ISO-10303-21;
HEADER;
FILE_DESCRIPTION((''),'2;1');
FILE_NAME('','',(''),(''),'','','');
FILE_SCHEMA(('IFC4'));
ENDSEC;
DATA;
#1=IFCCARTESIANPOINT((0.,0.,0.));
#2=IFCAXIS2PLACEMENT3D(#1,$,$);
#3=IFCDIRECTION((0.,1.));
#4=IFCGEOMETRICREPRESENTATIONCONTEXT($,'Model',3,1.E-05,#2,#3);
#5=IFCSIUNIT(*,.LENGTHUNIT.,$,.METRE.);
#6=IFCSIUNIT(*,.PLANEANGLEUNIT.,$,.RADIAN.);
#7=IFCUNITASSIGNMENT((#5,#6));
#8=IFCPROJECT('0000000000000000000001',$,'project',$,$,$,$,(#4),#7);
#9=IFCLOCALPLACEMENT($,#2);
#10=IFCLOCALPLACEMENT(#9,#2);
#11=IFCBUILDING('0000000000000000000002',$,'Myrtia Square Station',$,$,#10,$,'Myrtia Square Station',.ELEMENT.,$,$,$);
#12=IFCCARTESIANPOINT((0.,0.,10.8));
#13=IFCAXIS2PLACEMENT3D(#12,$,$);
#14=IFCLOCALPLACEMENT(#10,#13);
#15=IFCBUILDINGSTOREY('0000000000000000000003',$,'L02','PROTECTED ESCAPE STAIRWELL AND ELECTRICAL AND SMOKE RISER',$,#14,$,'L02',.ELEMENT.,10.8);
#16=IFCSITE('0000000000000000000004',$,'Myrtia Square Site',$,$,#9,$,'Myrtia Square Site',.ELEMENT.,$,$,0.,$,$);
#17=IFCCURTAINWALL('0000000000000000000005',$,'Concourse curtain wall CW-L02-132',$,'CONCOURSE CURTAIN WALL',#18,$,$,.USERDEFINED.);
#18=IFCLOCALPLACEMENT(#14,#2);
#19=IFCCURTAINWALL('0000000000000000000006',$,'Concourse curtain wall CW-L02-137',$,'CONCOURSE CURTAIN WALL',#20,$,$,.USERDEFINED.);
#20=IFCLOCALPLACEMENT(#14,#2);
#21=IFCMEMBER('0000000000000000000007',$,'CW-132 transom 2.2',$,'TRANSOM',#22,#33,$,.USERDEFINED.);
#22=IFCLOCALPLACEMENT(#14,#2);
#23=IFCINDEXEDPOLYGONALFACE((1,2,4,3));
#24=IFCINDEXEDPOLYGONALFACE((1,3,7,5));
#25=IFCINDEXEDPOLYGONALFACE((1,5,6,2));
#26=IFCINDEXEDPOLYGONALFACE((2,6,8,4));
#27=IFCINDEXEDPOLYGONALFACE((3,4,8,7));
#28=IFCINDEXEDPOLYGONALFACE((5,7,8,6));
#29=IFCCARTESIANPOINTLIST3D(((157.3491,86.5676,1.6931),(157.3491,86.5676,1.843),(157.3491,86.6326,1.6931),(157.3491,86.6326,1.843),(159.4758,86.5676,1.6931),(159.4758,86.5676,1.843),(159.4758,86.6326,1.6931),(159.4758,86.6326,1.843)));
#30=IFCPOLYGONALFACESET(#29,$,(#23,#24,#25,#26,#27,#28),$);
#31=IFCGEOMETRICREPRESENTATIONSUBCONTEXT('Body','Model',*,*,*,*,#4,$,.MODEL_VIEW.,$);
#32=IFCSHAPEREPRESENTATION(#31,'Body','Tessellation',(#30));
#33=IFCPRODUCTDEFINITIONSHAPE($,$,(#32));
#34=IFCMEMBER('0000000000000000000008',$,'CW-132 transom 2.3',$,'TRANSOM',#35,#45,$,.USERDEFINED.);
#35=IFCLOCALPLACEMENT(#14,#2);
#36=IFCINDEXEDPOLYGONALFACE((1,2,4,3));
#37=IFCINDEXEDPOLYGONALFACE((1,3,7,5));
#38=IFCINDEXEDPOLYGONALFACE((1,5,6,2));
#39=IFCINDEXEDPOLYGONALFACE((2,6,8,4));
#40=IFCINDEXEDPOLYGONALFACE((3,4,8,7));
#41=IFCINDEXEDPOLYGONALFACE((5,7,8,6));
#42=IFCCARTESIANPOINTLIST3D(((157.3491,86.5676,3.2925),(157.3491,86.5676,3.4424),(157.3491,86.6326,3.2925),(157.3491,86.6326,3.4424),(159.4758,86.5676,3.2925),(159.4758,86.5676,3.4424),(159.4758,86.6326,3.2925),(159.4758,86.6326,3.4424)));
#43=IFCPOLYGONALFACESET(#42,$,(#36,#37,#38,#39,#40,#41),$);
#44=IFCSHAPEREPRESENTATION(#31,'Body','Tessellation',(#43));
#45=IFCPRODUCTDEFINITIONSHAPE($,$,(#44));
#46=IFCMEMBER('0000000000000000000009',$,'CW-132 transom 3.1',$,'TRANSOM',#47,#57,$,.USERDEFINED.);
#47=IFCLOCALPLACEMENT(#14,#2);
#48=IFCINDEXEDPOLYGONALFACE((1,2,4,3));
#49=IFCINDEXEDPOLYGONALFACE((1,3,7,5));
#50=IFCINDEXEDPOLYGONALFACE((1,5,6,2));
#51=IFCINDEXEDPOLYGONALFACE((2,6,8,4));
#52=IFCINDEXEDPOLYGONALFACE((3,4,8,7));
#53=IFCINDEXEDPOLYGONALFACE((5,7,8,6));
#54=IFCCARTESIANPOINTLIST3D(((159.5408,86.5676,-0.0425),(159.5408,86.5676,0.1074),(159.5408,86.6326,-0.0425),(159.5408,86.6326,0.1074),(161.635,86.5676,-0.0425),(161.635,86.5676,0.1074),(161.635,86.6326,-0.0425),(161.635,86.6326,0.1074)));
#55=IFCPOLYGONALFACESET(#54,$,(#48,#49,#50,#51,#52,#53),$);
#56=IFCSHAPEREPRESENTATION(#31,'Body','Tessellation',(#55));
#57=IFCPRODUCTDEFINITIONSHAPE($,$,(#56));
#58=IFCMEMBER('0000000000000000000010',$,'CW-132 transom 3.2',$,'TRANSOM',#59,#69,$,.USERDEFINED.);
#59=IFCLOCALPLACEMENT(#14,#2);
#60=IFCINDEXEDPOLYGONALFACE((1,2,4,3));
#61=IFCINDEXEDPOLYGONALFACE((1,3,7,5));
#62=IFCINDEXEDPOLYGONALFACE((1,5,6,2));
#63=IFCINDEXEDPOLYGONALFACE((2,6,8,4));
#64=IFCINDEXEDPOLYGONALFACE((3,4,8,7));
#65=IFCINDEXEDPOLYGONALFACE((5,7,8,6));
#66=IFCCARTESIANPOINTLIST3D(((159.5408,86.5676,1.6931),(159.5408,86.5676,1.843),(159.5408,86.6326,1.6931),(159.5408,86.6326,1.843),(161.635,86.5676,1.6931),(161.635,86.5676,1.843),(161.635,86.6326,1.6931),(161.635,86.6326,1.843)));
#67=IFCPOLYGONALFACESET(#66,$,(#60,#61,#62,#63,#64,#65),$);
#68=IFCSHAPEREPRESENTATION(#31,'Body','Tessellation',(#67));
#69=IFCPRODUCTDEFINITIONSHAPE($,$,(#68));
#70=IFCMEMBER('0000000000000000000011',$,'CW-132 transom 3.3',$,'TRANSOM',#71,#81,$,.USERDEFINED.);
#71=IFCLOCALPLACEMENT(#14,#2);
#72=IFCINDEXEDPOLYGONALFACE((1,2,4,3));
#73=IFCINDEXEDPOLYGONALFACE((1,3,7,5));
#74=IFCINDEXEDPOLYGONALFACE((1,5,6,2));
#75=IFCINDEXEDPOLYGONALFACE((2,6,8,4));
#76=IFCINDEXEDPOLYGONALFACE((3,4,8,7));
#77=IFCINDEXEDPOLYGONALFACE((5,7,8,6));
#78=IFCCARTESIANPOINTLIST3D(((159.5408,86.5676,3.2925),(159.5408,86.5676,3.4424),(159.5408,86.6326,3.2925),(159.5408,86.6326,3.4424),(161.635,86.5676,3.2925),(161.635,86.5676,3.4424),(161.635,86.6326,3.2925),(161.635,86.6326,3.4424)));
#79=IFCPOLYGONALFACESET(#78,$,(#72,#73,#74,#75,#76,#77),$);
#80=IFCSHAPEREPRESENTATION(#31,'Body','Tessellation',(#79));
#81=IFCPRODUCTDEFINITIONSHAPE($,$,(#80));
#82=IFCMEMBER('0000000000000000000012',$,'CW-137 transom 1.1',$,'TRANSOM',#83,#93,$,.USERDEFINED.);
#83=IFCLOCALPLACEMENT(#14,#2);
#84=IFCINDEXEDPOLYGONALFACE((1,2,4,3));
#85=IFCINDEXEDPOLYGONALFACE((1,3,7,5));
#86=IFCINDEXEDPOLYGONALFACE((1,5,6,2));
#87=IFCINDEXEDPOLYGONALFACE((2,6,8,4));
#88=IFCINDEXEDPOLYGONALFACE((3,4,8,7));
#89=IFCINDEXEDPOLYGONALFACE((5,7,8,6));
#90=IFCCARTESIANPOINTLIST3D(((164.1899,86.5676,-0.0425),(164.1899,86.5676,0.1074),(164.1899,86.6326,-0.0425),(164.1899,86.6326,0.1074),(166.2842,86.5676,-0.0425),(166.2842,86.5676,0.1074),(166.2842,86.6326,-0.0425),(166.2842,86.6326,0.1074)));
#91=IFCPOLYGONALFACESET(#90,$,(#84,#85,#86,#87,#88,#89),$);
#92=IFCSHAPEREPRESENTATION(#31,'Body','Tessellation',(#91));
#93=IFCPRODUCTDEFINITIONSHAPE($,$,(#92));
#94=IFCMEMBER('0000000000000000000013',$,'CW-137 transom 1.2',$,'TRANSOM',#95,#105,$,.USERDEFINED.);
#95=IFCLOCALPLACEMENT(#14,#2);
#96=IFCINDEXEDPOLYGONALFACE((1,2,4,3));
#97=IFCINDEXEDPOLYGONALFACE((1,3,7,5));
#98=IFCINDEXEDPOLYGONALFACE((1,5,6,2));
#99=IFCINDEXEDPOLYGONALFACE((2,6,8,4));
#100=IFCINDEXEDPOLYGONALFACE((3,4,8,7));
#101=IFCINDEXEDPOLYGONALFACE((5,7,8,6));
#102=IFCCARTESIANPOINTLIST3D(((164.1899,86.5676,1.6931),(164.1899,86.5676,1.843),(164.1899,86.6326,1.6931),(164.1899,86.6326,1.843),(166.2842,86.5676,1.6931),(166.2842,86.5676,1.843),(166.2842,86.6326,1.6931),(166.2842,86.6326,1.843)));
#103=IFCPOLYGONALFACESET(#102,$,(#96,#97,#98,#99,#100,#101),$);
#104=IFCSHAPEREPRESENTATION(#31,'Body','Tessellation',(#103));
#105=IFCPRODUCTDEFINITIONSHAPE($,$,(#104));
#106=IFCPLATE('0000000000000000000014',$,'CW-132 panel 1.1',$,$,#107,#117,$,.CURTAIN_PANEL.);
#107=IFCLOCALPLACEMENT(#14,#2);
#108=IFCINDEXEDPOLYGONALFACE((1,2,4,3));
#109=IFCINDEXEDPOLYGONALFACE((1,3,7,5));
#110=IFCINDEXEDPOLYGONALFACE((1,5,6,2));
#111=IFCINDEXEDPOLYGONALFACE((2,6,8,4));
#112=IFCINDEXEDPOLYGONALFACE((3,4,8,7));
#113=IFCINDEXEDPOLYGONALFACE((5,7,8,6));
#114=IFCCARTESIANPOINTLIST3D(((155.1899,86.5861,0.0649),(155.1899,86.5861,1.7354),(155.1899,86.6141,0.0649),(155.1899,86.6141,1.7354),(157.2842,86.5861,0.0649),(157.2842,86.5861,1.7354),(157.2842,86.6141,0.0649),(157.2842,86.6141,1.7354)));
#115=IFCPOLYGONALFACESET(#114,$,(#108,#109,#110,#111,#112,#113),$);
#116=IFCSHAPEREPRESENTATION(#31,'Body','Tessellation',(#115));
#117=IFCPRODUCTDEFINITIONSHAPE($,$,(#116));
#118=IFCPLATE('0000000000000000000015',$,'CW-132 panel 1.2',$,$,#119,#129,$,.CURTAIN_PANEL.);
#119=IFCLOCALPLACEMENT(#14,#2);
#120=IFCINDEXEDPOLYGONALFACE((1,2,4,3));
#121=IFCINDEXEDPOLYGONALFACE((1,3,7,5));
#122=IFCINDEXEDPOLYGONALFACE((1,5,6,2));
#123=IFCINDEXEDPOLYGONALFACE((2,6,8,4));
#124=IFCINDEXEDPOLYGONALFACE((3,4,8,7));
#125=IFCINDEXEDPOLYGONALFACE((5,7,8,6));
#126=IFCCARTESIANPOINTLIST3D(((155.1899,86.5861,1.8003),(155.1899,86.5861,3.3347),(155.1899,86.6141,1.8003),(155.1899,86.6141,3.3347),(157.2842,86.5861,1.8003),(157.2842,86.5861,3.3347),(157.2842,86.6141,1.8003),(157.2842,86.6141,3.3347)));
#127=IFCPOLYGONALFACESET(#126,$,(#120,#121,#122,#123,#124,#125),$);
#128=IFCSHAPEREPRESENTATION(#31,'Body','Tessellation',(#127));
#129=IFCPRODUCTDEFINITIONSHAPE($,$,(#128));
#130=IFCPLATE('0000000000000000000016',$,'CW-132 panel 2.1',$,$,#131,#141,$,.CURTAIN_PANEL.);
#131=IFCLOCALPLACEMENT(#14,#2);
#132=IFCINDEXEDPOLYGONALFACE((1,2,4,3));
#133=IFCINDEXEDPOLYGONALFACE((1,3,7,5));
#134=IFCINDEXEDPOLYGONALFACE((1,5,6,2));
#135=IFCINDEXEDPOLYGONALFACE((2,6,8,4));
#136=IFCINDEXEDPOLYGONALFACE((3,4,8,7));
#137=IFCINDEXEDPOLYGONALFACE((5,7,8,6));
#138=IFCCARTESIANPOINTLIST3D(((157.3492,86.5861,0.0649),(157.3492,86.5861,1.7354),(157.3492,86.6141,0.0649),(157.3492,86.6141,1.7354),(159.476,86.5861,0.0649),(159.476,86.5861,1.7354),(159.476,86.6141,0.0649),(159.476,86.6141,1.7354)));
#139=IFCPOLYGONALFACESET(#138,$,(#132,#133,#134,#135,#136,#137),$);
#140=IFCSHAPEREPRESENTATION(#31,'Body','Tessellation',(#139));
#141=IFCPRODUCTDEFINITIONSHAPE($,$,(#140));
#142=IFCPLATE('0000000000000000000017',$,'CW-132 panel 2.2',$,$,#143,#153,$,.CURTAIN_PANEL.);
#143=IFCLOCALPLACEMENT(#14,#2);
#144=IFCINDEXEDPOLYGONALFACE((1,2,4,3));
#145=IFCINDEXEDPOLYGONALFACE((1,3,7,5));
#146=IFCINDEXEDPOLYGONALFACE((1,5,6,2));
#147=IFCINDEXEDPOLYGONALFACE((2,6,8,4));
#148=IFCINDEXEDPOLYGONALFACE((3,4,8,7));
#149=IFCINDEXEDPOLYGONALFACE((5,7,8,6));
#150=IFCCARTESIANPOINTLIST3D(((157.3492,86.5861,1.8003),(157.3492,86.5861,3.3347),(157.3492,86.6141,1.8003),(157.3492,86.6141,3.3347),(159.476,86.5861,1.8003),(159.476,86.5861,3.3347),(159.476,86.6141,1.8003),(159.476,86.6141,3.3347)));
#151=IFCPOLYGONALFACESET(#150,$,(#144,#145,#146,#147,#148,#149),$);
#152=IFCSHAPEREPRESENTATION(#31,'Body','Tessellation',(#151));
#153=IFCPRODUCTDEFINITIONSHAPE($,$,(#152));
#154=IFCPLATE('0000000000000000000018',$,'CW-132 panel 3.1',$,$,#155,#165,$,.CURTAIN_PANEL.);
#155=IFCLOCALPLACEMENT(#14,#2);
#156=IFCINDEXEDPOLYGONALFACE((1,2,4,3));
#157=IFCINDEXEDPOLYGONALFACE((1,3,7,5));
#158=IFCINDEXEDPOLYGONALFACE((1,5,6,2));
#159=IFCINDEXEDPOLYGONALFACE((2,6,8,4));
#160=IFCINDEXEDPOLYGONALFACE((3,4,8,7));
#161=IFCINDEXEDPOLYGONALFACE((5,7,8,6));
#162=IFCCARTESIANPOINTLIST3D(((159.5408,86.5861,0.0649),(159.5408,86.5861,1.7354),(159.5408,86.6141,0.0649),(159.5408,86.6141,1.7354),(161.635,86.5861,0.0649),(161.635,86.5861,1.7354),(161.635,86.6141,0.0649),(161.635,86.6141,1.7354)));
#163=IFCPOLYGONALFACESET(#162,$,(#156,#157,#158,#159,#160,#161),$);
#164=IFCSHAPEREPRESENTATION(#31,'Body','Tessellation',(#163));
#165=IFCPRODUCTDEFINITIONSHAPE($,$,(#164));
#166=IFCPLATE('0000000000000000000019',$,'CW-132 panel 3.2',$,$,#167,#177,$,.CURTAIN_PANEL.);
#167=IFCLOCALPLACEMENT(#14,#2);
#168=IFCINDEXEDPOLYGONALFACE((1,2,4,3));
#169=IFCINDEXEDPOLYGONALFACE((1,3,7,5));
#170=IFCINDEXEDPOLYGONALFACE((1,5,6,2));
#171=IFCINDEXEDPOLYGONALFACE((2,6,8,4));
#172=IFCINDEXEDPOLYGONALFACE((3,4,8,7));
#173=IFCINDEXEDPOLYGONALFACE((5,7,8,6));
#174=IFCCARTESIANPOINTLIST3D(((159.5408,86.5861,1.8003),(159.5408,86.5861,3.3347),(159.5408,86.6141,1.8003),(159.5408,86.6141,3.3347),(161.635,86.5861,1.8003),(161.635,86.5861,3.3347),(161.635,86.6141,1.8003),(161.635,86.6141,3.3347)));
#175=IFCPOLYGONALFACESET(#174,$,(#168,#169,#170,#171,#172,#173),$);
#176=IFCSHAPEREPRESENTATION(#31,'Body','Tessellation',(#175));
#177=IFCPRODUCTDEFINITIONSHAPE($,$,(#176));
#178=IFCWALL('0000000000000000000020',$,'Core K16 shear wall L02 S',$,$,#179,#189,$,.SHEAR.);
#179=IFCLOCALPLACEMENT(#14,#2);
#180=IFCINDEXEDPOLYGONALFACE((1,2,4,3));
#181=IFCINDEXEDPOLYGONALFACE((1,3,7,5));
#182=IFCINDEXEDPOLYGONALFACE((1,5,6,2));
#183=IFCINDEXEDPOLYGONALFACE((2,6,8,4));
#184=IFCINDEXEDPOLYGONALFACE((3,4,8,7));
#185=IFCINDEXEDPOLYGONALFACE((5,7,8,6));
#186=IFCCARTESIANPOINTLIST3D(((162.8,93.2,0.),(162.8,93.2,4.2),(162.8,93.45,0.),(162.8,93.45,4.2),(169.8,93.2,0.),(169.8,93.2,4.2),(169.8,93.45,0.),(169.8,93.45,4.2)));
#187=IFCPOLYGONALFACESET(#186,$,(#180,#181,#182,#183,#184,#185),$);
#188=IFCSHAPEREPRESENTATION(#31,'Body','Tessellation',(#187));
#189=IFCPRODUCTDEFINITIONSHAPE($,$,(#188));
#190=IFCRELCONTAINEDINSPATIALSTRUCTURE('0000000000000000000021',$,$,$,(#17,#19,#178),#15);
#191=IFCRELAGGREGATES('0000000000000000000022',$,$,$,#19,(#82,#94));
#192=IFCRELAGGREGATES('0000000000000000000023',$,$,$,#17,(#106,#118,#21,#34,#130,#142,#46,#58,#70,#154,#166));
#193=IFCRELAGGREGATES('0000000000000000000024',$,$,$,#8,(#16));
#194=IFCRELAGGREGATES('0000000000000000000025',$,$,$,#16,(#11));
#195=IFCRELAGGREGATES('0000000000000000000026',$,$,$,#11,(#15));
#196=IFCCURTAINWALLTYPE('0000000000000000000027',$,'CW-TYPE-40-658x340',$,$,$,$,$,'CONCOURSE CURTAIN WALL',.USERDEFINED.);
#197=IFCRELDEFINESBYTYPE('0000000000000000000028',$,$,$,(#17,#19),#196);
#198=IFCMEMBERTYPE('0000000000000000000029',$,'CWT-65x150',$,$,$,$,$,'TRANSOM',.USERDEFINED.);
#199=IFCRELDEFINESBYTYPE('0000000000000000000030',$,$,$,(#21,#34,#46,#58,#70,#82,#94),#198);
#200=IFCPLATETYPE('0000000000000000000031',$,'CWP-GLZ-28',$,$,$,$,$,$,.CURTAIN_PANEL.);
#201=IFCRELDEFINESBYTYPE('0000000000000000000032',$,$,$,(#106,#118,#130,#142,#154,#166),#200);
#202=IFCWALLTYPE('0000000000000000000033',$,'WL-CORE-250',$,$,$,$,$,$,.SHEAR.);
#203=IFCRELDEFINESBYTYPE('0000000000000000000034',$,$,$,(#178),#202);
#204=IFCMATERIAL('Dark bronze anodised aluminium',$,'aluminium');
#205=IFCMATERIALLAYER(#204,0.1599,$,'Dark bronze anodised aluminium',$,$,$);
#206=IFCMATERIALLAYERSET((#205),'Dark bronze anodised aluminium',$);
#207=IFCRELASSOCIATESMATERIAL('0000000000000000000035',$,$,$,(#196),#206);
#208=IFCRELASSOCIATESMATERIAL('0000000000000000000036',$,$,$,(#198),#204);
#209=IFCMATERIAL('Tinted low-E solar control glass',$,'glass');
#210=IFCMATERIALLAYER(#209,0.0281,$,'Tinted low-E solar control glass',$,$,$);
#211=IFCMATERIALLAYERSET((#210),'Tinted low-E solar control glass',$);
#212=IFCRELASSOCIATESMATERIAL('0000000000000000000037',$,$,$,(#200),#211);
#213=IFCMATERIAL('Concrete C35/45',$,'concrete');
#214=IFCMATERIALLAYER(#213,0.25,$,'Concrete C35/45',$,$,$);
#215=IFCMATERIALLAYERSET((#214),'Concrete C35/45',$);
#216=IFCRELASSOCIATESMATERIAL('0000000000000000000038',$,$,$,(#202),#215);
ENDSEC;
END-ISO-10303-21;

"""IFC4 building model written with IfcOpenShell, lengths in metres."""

from ifc_helpers import new_model, si_unit, direction, frame, frame_2d, origin, origin_2d, place, context, subcontext, project, spatial, rectangle, extrude, material, layer, layer_set, material_profile, profile_set, type_object, element, aggregate, save


model = new_model("IFC4")

# Units and contexts
model_context = context("Model", 3, precision=1e-05, world=origin(), true_north=direction((0.0, 1.0)))
body_context = subcontext(model_context, "Body", "Model", "MODEL_VIEW")
ifc_project = project(units=[si_unit("LENGTHUNIT", "METRE"), si_unit("PLANEANGLEUNIT", "RADIAN")], contexts=[model_context])

# Site, building, storey
site_placement = place(None, origin())
site = spatial("IfcSite", under=ifc_project, at=site_placement, Name="Myrtia Square Site", LongName="Myrtia Square Site", CompositionType="ELEMENT", RefElevation=0.0)
building_placement = place(site_placement, origin())
building = spatial("IfcBuilding", under=site, at=building_placement, Name="Myrtia Square Station", LongName="Myrtia Square Station", CompositionType="ELEMENT")
storey_placement = place(building_placement, frame((0.0, 0.0, 10.8)))
storey = spatial("IfcBuildingStorey", under=building, at=storey_placement, Name="L02", Description="PROTECTED ESCAPE STAIRWELL AND ELECTRICAL AND SMOKE RISER", LongName="L02", CompositionType="ELEMENT", Elevation=10.8)

# Curtain wall
ifc_material_1 = material(Name="Dark bronze anodised aluminium", Category="aluminium")
ifc_layer_1 = layer(ifc_material_1, 0.1599, Name="Dark bronze anodised aluminium")
ifc_layer_set_1 = layer_set([ifc_layer_1], Name="Dark bronze anodised aluminium")
curtain_wall_type = type_object("IfcCurtainWallType", Name="CW-TYPE-40-658x340", ElementType="CONCOURSE CURTAIN WALL", PredefinedType="USERDEFINED", material=ifc_layer_set_1)
curtain_wall_1_placement = place(storey_placement, origin())
curtain_wall_1 = element("IfcCurtainWall", 1, at=curtain_wall_1_placement, inside=storey, type_object=curtain_wall_type, Name="Concourse curtain wall CW-L02-132", ObjectType="CONCOURSE CURTAIN WALL", PredefinedType="USERDEFINED")

# Curtain wall
curtain_wall_2_placement = place(storey_placement, origin())
curtain_wall_2 = element("IfcCurtainWall", 2, at=curtain_wall_2_placement, inside=storey, type_object=curtain_wall_type, Name="Concourse curtain wall CW-L02-137", ObjectType="CONCOURSE CURTAIN WALL", PredefinedType="USERDEFINED")

# Members
ifc_material_profile_1 = material_profile(ifc_material_1, rectangle(XDim=0.0649, YDim=0.1499, at=origin_2d()), Name="ALU-T 65x150")
ifc_profile_set_1 = profile_set([ifc_material_profile_1], Name="Dark bronze anodised aluminium")
member_type_1 = type_object("IfcMemberType", Name="CWT-65x150", ElementType="TRANSOM", PredefinedType="USERDEFINED", material=ifc_profile_set_1)
member_1_placement = place(storey_placement, frame((157.3491, 86.6001, 1.7681), z_axis=(1.0, 0.0, 0.0), x_axis=(0.0, 1.0, 0.0)))
member_1 = element("IfcMember", 3, at=member_1_placement, type_object=member_type_1, Name="CW-132 transom 2.2", ObjectType="TRANSOM", PredefinedType="USERDEFINED", context=body_context, shape_type="SweptSolid", body=[
    extrude(rectangle(XDim=0.0649, YDim=0.1499, at=origin_2d()), origin(), (0.0, 0.0, 1.0), 2.1267),
])
member_2_placement = place(storey_placement, frame((157.3491, 86.6001, 3.3674), z_axis=(1.0, 0.0, 0.0), x_axis=(0.0, 1.0, 0.0)))
member_2 = element("IfcMember", 4, at=member_2_placement, type_object=member_type_1, Name="CW-132 transom 2.3", ObjectType="TRANSOM", PredefinedType="USERDEFINED", context=body_context, shape_type="SweptSolid", body=[
    extrude(rectangle(XDim=0.0649, YDim=0.1499, at=origin_2d()), origin(), (0.0, 0.0, 1.0), 2.1267),
])
member_3_placement = place(storey_placement, frame((159.5408, 86.6001, 0.0325), z_axis=(1.0, 0.0, 0.0), x_axis=(0.0, 1.0, 0.0)))
member_3 = element("IfcMember", 5, at=member_3_placement, type_object=member_type_1, Name="CW-132 transom 3.1", ObjectType="TRANSOM", PredefinedType="USERDEFINED", context=body_context, shape_type="SweptSolid", body=[
    extrude(rectangle(XDim=0.0649, YDim=0.1499, at=origin_2d()), origin(), (0.0, 0.0, 1.0), 2.0942),
])
member_4_placement = place(storey_placement, frame((159.5408, 86.6001, 1.7681), z_axis=(1.0, 0.0, 0.0), x_axis=(0.0, 1.0, 0.0)))
member_4 = element("IfcMember", 6, at=member_4_placement, type_object=member_type_1, Name="CW-132 transom 3.2", ObjectType="TRANSOM", PredefinedType="USERDEFINED", context=body_context, shape_type="SweptSolid", body=[
    extrude(rectangle(XDim=0.0649, YDim=0.1499, at=origin_2d()), origin(), (0.0, 0.0, 1.0), 2.0942),
])
member_5_placement = place(storey_placement, frame((159.5408, 86.6001, 3.3674), z_axis=(1.0, 0.0, 0.0), x_axis=(0.0, 1.0, 0.0)))
member_5 = element("IfcMember", 7, at=member_5_placement, type_object=member_type_1, Name="CW-132 transom 3.3", ObjectType="TRANSOM", PredefinedType="USERDEFINED", context=body_context, shape_type="SweptSolid", body=[
    extrude(rectangle(XDim=0.0649, YDim=0.1499, at=origin_2d()), origin(), (0.0, 0.0, 1.0), 2.0942),
])
member_6_placement = place(storey_placement, frame((164.1899, 86.6001, 0.0325), z_axis=(1.0, 0.0, 0.0), x_axis=(0.0, 1.0, 0.0)))
member_6 = element("IfcMember", 8, at=member_6_placement, type_object=member_type_1, Name="CW-137 transom 1.1", ObjectType="TRANSOM", PredefinedType="USERDEFINED", context=body_context, shape_type="SweptSolid", body=[
    extrude(rectangle(XDim=0.0649, YDim=0.1499, at=origin_2d()), origin(), (0.0, 0.0, 1.0), 2.0942),
])
member_7_placement = place(storey_placement, frame((164.1899, 86.6001, 1.7681), z_axis=(1.0, 0.0, 0.0), x_axis=(0.0, 1.0, 0.0)))
member_7 = element("IfcMember", 9, at=member_7_placement, type_object=member_type_1, Name="CW-137 transom 1.2", ObjectType="TRANSOM", PredefinedType="USERDEFINED", context=body_context, shape_type="SweptSolid", body=[
    extrude(rectangle(XDim=0.0649, YDim=0.1499, at=origin_2d()), origin(), (0.0, 0.0, 1.0), 2.0942),
])
aggregate(curtain_wall_2, [member_6, member_7])

# Plates
ifc_material_2 = material(Name="Tinted low-E solar control glass", Category="glass")
ifc_layer_2 = layer(ifc_material_2, 0.0281, Name="Tinted low-E solar control glass")
ifc_layer_set_2 = layer_set([ifc_layer_2], Name="Tinted low-E solar control glass")
plate_type = type_object("IfcPlateType", Name="CWP-GLZ-28", PredefinedType="CURTAIN_PANEL", material=ifc_layer_set_2)
plate_1_placement = place(storey_placement, frame((156.2371, 86.6001, 0.0649), z_axis=(0.0, 0.0, 1.0), x_axis=(1.0, 0.0, 0.0)))
plate_1 = element("IfcPlate", 10, at=plate_1_placement, type_object=plate_type, Name="CW-132 panel 1.1", PredefinedType="CURTAIN_PANEL", context=body_context, shape_type="SweptSolid", body=[
    extrude(rectangle(XDim=2.0942, YDim=0.0281, at=origin_2d()), origin(), (0.0, 0.0, 1.0), 1.6704),
])
plate_2_placement = place(storey_placement, frame((156.2371, 86.6001, 1.8003), z_axis=(0.0, 0.0, 1.0), x_axis=(1.0, 0.0, 0.0)))
plate_2 = element("IfcPlate", 11, at=plate_2_placement, type_object=plate_type, Name="CW-132 panel 1.2", PredefinedType="CURTAIN_PANEL", context=body_context, shape_type="SweptSolid", body=[
    extrude(rectangle(XDim=2.0942, YDim=0.0281, at=origin_2d()), origin(), (0.0, 0.0, 1.0), 1.5344),
])
plate_3_placement = place(storey_placement, frame((158.4126, 86.6001, 0.0649), z_axis=(0.0, 0.0, 1.0), x_axis=(1.0, 0.0, 0.0)))
plate_3 = element("IfcPlate", 12, at=plate_3_placement, type_object=plate_type, Name="CW-132 panel 2.1", PredefinedType="CURTAIN_PANEL", context=body_context, shape_type="SweptSolid", body=[
    extrude(rectangle(XDim=2.1267, YDim=0.0281, at=origin_2d()), origin(), (0.0, 0.0, 1.0), 1.6704),
])
plate_4_placement = place(storey_placement, frame((158.4126, 86.6001, 1.8003), z_axis=(0.0, 0.0, 1.0), x_axis=(1.0, 0.0, 0.0)))
plate_4 = element("IfcPlate", 13, at=plate_4_placement, type_object=plate_type, Name="CW-132 panel 2.2", PredefinedType="CURTAIN_PANEL", context=body_context, shape_type="SweptSolid", body=[
    extrude(rectangle(XDim=2.1267, YDim=0.0281, at=origin_2d()), origin(), (0.0, 0.0, 1.0), 1.5344),
])
plate_5_placement = place(storey_placement, frame((160.5879, 86.6001, 0.0649), z_axis=(0.0, 0.0, 1.0), x_axis=(1.0, 0.0, 0.0)))
plate_5 = element("IfcPlate", 14, at=plate_5_placement, type_object=plate_type, Name="CW-132 panel 3.1", PredefinedType="CURTAIN_PANEL", context=body_context, shape_type="SweptSolid", body=[
    extrude(rectangle(XDim=2.0942, YDim=0.0281, at=origin_2d()), origin(), (0.0, 0.0, 1.0), 1.6704),
])
plate_6_placement = place(storey_placement, frame((160.5879, 86.6001, 1.8003), z_axis=(0.0, 0.0, 1.0), x_axis=(1.0, 0.0, 0.0)))
plate_6 = element("IfcPlate", 15, at=plate_6_placement, type_object=plate_type, Name="CW-132 panel 3.2", PredefinedType="CURTAIN_PANEL", context=body_context, shape_type="SweptSolid", body=[
    extrude(rectangle(XDim=2.0942, YDim=0.0281, at=origin_2d()), origin(), (0.0, 0.0, 1.0), 1.5344),
])
aggregate(curtain_wall_1, [plate_1, plate_2, member_1, member_2, plate_3, plate_4, member_3, member_4, member_5, plate_5, plate_6])

# Wall
ifc_material_3 = material(Name="Concrete C35/45", Category="concrete")
ifc_layer_3 = layer(ifc_material_3, 0.25, Name="Concrete C35/45")
ifc_layer_set_3 = layer_set([ifc_layer_3], Name="Concrete C35/45")
wall_type = type_object("IfcWallType", Name="WL-CORE-250", PredefinedType="SHEAR", material=ifc_layer_set_3)
wall_1_placement = place(storey_placement, frame((162.8, 93.325, 0.0), z_axis=(0.0, 0.0, 1.0), x_axis=(1.0, 0.0, 0.0)))
element("IfcWall", 16, at=wall_1_placement, inside=storey, type_object=wall_type, Name="Core K16 shear wall L02 S", PredefinedType="SHEAR", context=body_context, shape_type="SweptSolid", body=[
    extrude(rectangle(XDim=7.0, YDim=0.25, at=frame_2d((3.5, 0.0))), origin(), (0.0, 0.0, 1.0), 4.2),
])

save(model, "model.ifc")
